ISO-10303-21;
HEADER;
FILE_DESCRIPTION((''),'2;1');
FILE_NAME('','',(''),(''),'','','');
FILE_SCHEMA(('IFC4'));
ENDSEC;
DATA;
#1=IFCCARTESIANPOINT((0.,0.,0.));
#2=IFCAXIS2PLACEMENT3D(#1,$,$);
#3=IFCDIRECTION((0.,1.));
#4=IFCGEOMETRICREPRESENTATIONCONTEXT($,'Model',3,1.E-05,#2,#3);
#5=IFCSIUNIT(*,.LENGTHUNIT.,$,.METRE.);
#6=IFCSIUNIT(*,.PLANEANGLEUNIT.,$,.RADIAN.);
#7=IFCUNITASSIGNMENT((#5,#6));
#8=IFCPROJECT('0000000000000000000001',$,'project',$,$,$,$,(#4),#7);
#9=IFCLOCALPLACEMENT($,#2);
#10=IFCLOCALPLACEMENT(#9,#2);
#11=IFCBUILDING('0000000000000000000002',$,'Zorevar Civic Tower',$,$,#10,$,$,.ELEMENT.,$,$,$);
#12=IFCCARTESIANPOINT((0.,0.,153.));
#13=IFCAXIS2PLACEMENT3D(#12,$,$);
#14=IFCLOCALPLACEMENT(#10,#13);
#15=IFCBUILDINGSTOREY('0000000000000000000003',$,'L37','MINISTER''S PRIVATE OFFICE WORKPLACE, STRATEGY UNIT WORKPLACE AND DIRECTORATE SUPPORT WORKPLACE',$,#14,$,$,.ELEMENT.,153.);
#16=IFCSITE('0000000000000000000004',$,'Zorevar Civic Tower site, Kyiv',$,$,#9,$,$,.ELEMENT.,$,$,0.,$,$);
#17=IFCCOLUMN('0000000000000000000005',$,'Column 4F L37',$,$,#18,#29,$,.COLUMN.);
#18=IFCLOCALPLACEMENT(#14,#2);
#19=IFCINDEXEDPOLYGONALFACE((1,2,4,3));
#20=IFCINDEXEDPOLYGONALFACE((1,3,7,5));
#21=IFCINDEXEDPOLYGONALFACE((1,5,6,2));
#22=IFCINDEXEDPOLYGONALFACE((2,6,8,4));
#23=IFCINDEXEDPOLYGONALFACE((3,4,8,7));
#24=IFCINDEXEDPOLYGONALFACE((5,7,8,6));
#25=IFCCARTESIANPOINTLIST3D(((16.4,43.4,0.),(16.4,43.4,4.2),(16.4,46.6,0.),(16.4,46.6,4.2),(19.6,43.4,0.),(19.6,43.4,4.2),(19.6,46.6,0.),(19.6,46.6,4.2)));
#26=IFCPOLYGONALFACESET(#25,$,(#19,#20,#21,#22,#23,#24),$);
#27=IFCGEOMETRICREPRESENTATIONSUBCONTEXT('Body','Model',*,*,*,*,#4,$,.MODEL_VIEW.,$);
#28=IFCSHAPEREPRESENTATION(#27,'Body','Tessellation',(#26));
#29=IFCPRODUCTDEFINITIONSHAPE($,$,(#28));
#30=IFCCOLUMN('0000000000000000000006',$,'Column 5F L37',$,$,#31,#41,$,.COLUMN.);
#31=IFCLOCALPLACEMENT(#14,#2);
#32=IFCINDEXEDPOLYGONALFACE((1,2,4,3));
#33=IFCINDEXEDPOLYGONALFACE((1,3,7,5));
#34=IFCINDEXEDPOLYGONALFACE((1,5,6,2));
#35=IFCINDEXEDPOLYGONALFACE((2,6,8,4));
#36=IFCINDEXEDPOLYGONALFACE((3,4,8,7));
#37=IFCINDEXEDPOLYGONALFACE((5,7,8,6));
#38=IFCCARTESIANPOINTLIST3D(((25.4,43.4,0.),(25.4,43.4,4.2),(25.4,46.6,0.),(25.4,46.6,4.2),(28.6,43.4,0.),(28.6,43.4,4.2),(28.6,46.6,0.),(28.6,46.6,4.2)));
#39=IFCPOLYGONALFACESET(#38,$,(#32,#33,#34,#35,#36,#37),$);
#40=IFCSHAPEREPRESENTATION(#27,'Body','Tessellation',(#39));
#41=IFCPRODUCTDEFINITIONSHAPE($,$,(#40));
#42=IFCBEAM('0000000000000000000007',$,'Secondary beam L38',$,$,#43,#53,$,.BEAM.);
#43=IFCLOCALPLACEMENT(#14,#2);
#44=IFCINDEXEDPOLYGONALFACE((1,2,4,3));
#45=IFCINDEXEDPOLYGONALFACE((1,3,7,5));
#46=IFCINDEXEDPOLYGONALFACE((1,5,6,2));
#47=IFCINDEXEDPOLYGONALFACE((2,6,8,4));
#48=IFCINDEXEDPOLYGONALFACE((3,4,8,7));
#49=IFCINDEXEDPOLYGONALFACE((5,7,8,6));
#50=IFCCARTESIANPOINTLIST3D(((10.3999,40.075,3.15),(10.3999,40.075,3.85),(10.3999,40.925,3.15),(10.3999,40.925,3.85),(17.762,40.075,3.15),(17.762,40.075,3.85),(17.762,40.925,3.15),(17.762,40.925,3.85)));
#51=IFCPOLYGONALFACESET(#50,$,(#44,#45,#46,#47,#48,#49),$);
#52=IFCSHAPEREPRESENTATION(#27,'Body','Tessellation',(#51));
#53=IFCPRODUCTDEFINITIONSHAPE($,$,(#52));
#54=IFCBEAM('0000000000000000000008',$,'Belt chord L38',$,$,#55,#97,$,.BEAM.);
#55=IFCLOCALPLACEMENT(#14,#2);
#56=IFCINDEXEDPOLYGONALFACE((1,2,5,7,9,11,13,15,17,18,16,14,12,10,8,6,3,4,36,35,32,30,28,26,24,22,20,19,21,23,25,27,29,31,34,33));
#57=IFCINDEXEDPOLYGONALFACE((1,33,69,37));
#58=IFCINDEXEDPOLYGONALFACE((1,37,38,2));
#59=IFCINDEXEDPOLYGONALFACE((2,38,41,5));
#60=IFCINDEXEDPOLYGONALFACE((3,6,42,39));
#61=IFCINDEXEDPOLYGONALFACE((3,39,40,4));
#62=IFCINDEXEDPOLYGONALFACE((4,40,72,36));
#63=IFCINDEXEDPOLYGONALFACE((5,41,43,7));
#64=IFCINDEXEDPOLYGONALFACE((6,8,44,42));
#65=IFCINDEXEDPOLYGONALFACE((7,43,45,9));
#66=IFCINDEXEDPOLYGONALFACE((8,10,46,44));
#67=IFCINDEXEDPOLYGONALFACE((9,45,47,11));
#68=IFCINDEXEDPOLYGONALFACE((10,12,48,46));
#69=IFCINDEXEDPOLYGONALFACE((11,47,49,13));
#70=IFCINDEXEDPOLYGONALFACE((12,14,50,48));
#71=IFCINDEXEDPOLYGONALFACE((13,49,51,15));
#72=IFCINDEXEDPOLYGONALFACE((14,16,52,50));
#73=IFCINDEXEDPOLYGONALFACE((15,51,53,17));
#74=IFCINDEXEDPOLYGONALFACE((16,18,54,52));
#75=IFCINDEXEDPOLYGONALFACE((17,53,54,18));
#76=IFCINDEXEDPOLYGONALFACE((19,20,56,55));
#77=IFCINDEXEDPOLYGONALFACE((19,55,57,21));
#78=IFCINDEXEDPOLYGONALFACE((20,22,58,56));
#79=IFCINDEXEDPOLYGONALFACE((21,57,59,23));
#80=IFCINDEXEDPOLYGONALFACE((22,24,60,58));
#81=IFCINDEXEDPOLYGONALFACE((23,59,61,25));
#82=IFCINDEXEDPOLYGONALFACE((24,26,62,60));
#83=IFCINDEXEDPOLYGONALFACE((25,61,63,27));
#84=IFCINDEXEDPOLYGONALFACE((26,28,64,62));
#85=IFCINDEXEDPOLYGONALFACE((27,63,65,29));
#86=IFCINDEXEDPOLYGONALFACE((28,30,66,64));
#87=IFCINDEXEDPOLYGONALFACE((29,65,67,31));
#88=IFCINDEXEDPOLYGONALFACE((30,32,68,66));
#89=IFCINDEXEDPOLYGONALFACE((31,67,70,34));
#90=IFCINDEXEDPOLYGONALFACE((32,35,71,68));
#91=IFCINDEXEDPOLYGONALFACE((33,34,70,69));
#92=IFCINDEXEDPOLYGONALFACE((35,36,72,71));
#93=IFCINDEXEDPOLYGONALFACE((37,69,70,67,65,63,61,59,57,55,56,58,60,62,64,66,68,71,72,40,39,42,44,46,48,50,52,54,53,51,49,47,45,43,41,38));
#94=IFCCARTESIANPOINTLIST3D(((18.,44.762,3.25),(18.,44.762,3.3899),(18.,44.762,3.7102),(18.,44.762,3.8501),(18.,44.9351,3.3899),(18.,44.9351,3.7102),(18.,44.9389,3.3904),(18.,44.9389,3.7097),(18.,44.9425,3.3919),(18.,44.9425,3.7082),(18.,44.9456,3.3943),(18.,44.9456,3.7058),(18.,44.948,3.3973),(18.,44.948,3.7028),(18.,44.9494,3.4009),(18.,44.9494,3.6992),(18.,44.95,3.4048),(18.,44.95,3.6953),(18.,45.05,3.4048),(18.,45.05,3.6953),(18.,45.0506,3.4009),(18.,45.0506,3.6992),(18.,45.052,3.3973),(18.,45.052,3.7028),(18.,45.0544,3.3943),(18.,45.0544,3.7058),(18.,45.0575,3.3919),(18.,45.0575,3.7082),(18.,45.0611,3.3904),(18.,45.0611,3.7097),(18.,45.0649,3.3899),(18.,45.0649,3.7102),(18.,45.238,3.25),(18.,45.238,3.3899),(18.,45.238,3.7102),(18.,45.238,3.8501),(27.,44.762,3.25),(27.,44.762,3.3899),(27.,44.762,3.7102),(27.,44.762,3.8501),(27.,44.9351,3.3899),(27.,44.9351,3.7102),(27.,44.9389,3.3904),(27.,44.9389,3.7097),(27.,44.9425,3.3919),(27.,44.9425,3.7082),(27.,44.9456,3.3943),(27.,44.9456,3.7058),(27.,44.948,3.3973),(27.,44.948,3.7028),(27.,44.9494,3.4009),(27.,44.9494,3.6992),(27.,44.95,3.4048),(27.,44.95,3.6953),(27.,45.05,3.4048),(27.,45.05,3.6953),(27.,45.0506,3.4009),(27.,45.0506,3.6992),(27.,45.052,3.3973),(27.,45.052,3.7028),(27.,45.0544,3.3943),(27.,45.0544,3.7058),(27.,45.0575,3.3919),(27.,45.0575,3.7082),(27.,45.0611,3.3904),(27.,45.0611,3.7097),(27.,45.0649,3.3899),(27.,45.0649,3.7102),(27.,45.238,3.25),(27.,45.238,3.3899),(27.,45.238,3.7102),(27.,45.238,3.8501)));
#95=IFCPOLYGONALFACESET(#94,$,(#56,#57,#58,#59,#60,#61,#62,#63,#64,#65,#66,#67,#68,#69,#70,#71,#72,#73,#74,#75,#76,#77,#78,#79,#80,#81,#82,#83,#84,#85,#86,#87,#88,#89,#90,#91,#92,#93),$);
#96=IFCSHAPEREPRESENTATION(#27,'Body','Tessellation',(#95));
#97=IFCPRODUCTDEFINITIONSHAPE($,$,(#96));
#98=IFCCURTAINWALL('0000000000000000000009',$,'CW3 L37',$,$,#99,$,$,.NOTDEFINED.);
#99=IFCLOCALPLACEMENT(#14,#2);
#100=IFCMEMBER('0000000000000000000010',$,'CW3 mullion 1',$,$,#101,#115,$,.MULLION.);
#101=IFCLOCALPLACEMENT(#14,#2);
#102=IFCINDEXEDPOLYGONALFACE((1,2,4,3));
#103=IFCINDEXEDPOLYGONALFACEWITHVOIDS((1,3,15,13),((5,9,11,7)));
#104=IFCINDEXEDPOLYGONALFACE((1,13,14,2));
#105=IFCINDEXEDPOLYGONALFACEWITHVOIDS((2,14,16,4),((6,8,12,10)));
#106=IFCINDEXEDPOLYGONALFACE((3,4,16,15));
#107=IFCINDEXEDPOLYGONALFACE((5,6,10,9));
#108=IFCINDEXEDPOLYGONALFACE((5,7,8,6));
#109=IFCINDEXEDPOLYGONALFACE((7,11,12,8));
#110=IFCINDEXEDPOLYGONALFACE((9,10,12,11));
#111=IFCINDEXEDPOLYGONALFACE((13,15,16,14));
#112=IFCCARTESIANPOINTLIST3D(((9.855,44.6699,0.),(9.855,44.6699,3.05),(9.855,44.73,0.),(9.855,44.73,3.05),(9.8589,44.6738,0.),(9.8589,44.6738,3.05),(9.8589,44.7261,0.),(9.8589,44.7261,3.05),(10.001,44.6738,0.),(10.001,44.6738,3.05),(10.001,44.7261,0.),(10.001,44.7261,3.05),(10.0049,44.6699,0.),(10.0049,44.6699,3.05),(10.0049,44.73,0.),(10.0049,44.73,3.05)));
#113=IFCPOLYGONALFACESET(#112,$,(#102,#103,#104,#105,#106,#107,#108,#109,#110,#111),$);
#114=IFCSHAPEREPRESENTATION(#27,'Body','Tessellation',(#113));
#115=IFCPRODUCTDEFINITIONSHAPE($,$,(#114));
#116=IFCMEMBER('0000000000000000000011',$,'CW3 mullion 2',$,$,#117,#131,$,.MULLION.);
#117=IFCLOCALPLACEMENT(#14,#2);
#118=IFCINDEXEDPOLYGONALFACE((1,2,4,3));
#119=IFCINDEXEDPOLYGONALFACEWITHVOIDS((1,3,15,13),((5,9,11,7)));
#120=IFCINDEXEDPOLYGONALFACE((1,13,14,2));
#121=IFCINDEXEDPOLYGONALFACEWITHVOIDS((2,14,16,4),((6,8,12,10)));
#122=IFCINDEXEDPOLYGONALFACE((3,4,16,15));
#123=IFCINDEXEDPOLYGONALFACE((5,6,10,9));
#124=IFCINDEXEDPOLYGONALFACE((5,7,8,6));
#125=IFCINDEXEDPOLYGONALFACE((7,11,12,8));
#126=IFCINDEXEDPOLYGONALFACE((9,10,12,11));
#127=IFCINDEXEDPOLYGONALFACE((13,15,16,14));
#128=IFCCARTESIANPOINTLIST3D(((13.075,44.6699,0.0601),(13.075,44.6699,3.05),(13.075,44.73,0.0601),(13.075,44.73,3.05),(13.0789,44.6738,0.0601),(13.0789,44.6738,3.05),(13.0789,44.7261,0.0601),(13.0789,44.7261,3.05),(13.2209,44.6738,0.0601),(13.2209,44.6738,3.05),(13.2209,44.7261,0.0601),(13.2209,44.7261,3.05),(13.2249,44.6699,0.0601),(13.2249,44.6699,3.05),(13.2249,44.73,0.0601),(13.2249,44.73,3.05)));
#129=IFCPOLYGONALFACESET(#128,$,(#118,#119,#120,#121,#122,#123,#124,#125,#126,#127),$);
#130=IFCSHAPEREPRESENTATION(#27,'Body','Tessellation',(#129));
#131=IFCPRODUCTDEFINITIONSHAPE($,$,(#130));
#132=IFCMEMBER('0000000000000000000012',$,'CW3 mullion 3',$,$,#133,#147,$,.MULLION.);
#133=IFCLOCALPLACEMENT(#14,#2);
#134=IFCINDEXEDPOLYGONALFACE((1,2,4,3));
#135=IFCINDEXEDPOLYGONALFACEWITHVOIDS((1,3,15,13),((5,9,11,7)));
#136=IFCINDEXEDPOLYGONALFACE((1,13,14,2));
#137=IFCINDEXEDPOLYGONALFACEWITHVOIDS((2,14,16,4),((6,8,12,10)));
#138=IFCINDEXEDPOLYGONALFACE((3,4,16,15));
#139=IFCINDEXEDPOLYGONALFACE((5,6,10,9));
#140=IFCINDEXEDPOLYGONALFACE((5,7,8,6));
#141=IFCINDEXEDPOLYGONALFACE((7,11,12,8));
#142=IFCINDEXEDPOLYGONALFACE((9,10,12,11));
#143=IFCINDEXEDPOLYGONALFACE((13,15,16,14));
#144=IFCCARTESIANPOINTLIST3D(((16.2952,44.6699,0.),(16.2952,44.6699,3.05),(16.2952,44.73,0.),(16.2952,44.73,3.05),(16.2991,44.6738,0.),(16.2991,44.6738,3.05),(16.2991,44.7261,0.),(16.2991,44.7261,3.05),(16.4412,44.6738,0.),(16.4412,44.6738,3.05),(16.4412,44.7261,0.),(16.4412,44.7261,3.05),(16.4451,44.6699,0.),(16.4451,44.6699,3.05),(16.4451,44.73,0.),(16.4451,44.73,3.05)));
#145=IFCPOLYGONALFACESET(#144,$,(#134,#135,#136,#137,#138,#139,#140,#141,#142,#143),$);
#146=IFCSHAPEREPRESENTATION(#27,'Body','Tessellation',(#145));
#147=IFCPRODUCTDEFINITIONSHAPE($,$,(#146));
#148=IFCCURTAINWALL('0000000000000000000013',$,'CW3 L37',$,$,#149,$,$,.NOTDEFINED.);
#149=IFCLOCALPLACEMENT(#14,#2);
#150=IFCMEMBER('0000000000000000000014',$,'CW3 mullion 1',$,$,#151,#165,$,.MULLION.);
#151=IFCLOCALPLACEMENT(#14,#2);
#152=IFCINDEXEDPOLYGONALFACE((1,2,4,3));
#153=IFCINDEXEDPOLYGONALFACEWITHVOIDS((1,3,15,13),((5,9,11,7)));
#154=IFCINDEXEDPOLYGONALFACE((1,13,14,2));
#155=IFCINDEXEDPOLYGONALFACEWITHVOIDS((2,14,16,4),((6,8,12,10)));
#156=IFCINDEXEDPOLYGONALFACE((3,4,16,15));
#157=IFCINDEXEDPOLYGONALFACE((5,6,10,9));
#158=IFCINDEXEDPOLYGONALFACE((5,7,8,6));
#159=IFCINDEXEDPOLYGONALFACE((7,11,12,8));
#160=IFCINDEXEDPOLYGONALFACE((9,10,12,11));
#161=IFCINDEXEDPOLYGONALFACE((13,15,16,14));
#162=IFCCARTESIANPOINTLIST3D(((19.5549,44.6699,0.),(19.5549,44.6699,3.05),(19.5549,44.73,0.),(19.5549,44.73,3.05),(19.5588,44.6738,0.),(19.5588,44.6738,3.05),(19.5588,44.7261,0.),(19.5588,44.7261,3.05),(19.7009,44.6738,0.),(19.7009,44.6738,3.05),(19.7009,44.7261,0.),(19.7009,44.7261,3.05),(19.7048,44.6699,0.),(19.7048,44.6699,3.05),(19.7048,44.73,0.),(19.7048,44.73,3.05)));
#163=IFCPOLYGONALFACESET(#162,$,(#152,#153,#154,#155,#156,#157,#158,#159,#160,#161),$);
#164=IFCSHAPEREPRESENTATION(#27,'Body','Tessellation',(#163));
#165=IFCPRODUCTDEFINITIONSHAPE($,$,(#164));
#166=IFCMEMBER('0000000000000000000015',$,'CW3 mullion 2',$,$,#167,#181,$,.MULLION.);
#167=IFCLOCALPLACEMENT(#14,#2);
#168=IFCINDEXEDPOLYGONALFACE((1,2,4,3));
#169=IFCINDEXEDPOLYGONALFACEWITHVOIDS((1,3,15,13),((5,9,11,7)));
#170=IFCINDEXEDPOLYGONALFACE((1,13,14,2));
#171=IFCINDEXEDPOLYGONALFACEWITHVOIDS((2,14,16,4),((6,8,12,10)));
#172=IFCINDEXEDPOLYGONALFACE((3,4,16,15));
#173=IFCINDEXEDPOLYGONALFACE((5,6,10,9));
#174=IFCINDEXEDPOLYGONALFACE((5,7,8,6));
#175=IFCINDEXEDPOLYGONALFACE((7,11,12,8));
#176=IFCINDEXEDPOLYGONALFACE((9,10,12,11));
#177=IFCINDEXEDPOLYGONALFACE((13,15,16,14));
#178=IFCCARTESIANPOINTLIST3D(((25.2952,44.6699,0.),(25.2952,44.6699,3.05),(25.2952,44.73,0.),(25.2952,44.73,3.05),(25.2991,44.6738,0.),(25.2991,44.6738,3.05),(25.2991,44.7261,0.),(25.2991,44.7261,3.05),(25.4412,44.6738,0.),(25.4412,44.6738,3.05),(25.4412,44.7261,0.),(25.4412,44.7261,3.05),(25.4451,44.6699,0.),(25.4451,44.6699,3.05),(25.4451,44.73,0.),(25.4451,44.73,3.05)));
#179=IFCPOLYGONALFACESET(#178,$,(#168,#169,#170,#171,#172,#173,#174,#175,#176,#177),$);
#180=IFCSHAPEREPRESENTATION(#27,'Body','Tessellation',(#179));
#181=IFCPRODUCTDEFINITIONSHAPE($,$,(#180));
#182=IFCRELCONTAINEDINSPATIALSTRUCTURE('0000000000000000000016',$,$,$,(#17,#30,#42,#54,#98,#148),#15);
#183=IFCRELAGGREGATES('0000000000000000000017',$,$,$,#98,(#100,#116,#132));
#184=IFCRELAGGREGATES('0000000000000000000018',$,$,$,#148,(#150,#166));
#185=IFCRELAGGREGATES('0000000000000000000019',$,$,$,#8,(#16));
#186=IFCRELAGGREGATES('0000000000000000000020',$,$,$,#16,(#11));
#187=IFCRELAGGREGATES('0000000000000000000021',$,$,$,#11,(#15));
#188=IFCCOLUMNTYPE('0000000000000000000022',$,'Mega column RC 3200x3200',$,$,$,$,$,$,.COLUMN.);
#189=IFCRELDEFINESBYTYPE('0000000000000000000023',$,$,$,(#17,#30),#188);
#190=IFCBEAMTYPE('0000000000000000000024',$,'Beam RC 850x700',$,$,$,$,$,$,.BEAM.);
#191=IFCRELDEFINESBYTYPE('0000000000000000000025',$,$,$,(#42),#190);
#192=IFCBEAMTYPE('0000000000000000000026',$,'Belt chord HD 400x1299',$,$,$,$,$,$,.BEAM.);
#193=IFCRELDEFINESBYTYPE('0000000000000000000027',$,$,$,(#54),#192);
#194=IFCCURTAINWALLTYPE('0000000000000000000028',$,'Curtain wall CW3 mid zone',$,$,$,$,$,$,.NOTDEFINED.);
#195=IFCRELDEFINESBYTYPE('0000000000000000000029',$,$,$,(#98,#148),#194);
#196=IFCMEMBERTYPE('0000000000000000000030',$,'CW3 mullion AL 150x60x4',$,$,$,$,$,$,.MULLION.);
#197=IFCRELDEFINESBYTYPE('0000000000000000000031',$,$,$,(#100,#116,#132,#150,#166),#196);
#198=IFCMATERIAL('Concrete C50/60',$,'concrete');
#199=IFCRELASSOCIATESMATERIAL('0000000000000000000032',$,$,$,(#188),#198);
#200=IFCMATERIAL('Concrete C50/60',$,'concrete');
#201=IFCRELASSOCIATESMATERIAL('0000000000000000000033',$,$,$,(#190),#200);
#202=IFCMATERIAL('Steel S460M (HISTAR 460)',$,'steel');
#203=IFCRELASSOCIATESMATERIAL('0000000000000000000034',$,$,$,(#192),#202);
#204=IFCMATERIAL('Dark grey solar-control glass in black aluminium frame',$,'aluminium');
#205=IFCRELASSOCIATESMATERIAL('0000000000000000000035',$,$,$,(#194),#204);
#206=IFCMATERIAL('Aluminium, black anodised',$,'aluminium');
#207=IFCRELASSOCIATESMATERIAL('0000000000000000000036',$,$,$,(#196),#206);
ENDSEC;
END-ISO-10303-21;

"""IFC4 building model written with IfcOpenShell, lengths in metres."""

from ifc_helpers import new_model, si_unit, direction, frame, origin, origin_2d, place, context, subcontext, project, spatial, rectangle, hollow_rectangle, i_section, extrude, material, material_profile, profile_set, type_object, element, aggregate, save


model = new_model("IFC4")

# Units and contexts
model_context = context("Model", 3, precision=1e-05, world=origin(), true_north=direction((0.0, 1.0)))
body_context = subcontext(model_context, "Body", "Model", "MODEL_VIEW")
ifc_project = project(units=[si_unit("LENGTHUNIT", "METRE"), si_unit("PLANEANGLEUNIT", "RADIAN")], contexts=[model_context])

# Site, building, storey
site_placement = place(None, origin())
site = spatial("IfcSite", under=ifc_project, at=site_placement, Name="Zorevar Civic Tower site, Kyiv", CompositionType="ELEMENT", RefElevation=0.0)
building_placement = place(site_placement, origin())
building = spatial("IfcBuilding", under=site, at=building_placement, Name="Zorevar Civic Tower", CompositionType="ELEMENT")
storey_placement = place(building_placement, frame((0.0, 0.0, 153.0)))
storey = spatial("IfcBuildingStorey", under=building, at=storey_placement, Name="L37", Description="MINISTER'S PRIVATE OFFICE WORKPLACE, STRATEGY UNIT WORKPLACE AND DIRECTORATE SUPPORT WORKPLACE", CompositionType="ELEMENT", Elevation=153.0)

# Columns
ifc_material_1 = material(Name="Concrete C50/60", Category="concrete")
ifc_material_profile_1 = material_profile(ifc_material_1, rectangle(XDim=3.2, YDim=3.2, at=origin_2d()), Name="RC 3200x3200")
ifc_profile_set_1 = profile_set([ifc_material_profile_1], Name="Concrete C50/60")
column_type = type_object("IfcColumnType", Name="Mega column RC 3200x3200", PredefinedType="COLUMN", material=ifc_profile_set_1)
for number, where, z_axis, x_axis, name in (
    (1, (18.0, 45.0, 0.0), (0.0, 0.0, 1.0), (1.0, 0.0, 0.0), "Column 4F L37"),
    (2, (27.0, 45.0, 0.0), (0.0, 0.0, 1.0), (1.0, 0.0, 0.0), "Column 5F L37"),
):
    element("IfcColumn", number, at=place(storey_placement, frame(where, z_axis=z_axis, x_axis=x_axis)), inside=storey, type_object=column_type, Name=name, PredefinedType="COLUMN", context=body_context, shape_type="SweptSolid", body=[
        extrude(rectangle(XDim=3.2, YDim=3.2, at=origin_2d()), origin(), (0.0, 0.0, 1.0), 4.2),
    ])

# Beams
ifc_material_2 = material(Name="Concrete C50/60", Category="concrete")
ifc_material_profile_2 = material_profile(ifc_material_2, rectangle(XDim=0.8501, YDim=0.7, at=origin_2d()), Name="RC 850x700")
ifc_profile_set_2 = profile_set([ifc_material_profile_2], Name="Concrete C50/60")
beam_type_1 = type_object("IfcBeamType", Name="Beam RC 850x700", PredefinedType="BEAM", material=ifc_profile_set_2)
beam_1_placement = place(storey_placement, frame((10.3999, 40.5, 3.5), z_axis=(1.0, 0.0, 0.0), x_axis=(0.0, 1.0, 0.0)))
element("IfcBeam", 3, at=beam_1_placement, inside=storey, type_object=beam_type_1, Name="Secondary beam L38", PredefinedType="BEAM", context=body_context, shape_type="SweptSolid", body=[
    extrude(rectangle(XDim=0.8501, YDim=0.7, at=origin_2d()), origin(), (0.0, 0.0, 1.0), 7.3621),
])
ifc_material_3 = material(Name="Steel S460M (HISTAR 460)", Category="steel")
ifc_material_profile_3 = material_profile(ifc_material_3, i_section(OverallWidth=0.4761, OverallDepth=0.6001, WebThickness=0.1001, FlangeThickness=0.1399, FilletRadius=0.0149, at=origin_2d()), Name="HD 400x1299")
ifc_profile_set_3 = profile_set([ifc_material_profile_3], Name="Steel S460M (HISTAR 460)")
beam_type_2 = type_object("IfcBeamType", Name="Belt chord HD 400x1299", PredefinedType="BEAM", material=ifc_profile_set_3)
beam_2_placement = place(storey_placement, frame((18.0, 45.0, 3.55), z_axis=(1.0, 0.0, 0.0), x_axis=(0.0, 1.0, 0.0)))
element("IfcBeam", 4, at=beam_2_placement, inside=storey, type_object=beam_type_2, Name="Belt chord L38", PredefinedType="BEAM", context=body_context, shape_type="SweptSolid", body=[
    extrude(i_section(OverallWidth=0.4761, OverallDepth=0.6001, WebThickness=0.1001, FlangeThickness=0.1399, FilletRadius=0.0149, at=origin_2d()), origin(), (0.0, 0.0, 1.0), 9.0),
])

# Curtain walls, members
ifc_material_4 = material(Name="Dark grey solar-control glass in black aluminium frame", Category="aluminium")
curtain_wall_type = type_object("IfcCurtainWallType", Name="Curtain wall CW3 mid zone", PredefinedType="NOTDEFINED", material=ifc_material_4)
curtain_wall_1_placement = place(storey_placement, origin())
curtain_wall_1 = element("IfcCurtainWall", 5, at=curtain_wall_1_placement, inside=storey, type_object=curtain_wall_type, Name="CW3 L37", PredefinedType="NOTDEFINED")
ifc_material_5 = material(Name="Aluminium, black anodised", Category="aluminium")
ifc_material_profile_4 = material_profile(ifc_material_5, hollow_rectangle(XDim=0.0601, YDim=0.1499, WallThickness=0.0039, at=origin_2d()), Name="AL 150x60x4")
ifc_profile_set_4 = profile_set([ifc_material_profile_4], Name="Aluminium, black anodised")
member_type_1 = type_object("IfcMemberType", Name="CW3 mullion AL 150x60x4", PredefinedType="MULLION", material=ifc_profile_set_4)
member_1_placement = place(storey_placement, frame((9.9299, 44.7, 0.0), z_axis=(0.0, 0.0, 1.0), x_axis=(0.0, 1.0, 0.0)))
member_1 = element("IfcMember", 6, at=member_1_placement, type_object=member_type_1, Name="CW3 mullion 1", PredefinedType="MULLION", context=body_context, shape_type="SweptSolid", body=[
    extrude(hollow_rectangle(XDim=0.0601, YDim=0.1499, WallThickness=0.0039, at=origin_2d()), origin(), (0.0, 0.0, 1.0), 3.05),
])
member_2_placement = place(storey_placement, frame((13.1499, 44.7, 0.0601), z_axis=(0.0, 0.0, 1.0), x_axis=(0.0, 1.0, 0.0)))
member_2 = element("IfcMember", 7, at=member_2_placement, type_object=member_type_1, Name="CW3 mullion 2", PredefinedType="MULLION", context=body_context, shape_type="SweptSolid", body=[
    extrude(hollow_rectangle(XDim=0.0601, YDim=0.1499, WallThickness=0.0039, at=origin_2d()), origin(), (0.0, 0.0, 1.0), 2.99),
])
member_3_placement = place(storey_placement, frame((16.3701, 44.7, 0.0), z_axis=(0.0, 0.0, 1.0), x_axis=(0.0, 1.0, 0.0)))
member_3 = element("IfcMember", 8, at=member_3_placement, type_object=member_type_1, Name="CW3 mullion 3", PredefinedType="MULLION", context=body_context, shape_type="SweptSolid", body=[
    extrude(hollow_rectangle(XDim=0.0601, YDim=0.1499, WallThickness=0.0039, at=origin_2d()), origin(), (0.0, 0.0, 1.0), 3.05),
])
curtain_wall_2_placement = place(storey_placement, origin())
curtain_wall_2 = element("IfcCurtainWall", 9, at=curtain_wall_2_placement, inside=storey, type_object=curtain_wall_type, Name="CW3 L37", PredefinedType="NOTDEFINED")
member_4_placement = place(storey_placement, frame((19.6299, 44.7, 0.0), z_axis=(0.0, 0.0, 1.0), x_axis=(0.0, 1.0, 0.0)))
member_4 = element("IfcMember", 10, at=member_4_placement, type_object=member_type_1, Name="CW3 mullion 1", PredefinedType="MULLION", context=body_context, shape_type="SweptSolid", body=[
    extrude(hollow_rectangle(XDim=0.0601, YDim=0.1499, WallThickness=0.0039, at=origin_2d()), origin(), (0.0, 0.0, 1.0), 3.05),
])
member_5_placement = place(storey_placement, frame((25.3701, 44.7, 0.0), z_axis=(0.0, 0.0, 1.0), x_axis=(0.0, 1.0, 0.0)))
member_5 = element("IfcMember", 11, at=member_5_placement, type_object=member_type_1, Name="CW3 mullion 2", PredefinedType="MULLION", context=body_context, shape_type="SweptSolid", body=[
    extrude(hollow_rectangle(XDim=0.0601, YDim=0.1499, WallThickness=0.0039, at=origin_2d()), origin(), (0.0, 0.0, 1.0), 3.05),
])

aggregate(curtain_wall_1, [member_1, member_2, member_3])
aggregate(curtain_wall_2, [member_4, member_5])

save(model, "model.ifc")
